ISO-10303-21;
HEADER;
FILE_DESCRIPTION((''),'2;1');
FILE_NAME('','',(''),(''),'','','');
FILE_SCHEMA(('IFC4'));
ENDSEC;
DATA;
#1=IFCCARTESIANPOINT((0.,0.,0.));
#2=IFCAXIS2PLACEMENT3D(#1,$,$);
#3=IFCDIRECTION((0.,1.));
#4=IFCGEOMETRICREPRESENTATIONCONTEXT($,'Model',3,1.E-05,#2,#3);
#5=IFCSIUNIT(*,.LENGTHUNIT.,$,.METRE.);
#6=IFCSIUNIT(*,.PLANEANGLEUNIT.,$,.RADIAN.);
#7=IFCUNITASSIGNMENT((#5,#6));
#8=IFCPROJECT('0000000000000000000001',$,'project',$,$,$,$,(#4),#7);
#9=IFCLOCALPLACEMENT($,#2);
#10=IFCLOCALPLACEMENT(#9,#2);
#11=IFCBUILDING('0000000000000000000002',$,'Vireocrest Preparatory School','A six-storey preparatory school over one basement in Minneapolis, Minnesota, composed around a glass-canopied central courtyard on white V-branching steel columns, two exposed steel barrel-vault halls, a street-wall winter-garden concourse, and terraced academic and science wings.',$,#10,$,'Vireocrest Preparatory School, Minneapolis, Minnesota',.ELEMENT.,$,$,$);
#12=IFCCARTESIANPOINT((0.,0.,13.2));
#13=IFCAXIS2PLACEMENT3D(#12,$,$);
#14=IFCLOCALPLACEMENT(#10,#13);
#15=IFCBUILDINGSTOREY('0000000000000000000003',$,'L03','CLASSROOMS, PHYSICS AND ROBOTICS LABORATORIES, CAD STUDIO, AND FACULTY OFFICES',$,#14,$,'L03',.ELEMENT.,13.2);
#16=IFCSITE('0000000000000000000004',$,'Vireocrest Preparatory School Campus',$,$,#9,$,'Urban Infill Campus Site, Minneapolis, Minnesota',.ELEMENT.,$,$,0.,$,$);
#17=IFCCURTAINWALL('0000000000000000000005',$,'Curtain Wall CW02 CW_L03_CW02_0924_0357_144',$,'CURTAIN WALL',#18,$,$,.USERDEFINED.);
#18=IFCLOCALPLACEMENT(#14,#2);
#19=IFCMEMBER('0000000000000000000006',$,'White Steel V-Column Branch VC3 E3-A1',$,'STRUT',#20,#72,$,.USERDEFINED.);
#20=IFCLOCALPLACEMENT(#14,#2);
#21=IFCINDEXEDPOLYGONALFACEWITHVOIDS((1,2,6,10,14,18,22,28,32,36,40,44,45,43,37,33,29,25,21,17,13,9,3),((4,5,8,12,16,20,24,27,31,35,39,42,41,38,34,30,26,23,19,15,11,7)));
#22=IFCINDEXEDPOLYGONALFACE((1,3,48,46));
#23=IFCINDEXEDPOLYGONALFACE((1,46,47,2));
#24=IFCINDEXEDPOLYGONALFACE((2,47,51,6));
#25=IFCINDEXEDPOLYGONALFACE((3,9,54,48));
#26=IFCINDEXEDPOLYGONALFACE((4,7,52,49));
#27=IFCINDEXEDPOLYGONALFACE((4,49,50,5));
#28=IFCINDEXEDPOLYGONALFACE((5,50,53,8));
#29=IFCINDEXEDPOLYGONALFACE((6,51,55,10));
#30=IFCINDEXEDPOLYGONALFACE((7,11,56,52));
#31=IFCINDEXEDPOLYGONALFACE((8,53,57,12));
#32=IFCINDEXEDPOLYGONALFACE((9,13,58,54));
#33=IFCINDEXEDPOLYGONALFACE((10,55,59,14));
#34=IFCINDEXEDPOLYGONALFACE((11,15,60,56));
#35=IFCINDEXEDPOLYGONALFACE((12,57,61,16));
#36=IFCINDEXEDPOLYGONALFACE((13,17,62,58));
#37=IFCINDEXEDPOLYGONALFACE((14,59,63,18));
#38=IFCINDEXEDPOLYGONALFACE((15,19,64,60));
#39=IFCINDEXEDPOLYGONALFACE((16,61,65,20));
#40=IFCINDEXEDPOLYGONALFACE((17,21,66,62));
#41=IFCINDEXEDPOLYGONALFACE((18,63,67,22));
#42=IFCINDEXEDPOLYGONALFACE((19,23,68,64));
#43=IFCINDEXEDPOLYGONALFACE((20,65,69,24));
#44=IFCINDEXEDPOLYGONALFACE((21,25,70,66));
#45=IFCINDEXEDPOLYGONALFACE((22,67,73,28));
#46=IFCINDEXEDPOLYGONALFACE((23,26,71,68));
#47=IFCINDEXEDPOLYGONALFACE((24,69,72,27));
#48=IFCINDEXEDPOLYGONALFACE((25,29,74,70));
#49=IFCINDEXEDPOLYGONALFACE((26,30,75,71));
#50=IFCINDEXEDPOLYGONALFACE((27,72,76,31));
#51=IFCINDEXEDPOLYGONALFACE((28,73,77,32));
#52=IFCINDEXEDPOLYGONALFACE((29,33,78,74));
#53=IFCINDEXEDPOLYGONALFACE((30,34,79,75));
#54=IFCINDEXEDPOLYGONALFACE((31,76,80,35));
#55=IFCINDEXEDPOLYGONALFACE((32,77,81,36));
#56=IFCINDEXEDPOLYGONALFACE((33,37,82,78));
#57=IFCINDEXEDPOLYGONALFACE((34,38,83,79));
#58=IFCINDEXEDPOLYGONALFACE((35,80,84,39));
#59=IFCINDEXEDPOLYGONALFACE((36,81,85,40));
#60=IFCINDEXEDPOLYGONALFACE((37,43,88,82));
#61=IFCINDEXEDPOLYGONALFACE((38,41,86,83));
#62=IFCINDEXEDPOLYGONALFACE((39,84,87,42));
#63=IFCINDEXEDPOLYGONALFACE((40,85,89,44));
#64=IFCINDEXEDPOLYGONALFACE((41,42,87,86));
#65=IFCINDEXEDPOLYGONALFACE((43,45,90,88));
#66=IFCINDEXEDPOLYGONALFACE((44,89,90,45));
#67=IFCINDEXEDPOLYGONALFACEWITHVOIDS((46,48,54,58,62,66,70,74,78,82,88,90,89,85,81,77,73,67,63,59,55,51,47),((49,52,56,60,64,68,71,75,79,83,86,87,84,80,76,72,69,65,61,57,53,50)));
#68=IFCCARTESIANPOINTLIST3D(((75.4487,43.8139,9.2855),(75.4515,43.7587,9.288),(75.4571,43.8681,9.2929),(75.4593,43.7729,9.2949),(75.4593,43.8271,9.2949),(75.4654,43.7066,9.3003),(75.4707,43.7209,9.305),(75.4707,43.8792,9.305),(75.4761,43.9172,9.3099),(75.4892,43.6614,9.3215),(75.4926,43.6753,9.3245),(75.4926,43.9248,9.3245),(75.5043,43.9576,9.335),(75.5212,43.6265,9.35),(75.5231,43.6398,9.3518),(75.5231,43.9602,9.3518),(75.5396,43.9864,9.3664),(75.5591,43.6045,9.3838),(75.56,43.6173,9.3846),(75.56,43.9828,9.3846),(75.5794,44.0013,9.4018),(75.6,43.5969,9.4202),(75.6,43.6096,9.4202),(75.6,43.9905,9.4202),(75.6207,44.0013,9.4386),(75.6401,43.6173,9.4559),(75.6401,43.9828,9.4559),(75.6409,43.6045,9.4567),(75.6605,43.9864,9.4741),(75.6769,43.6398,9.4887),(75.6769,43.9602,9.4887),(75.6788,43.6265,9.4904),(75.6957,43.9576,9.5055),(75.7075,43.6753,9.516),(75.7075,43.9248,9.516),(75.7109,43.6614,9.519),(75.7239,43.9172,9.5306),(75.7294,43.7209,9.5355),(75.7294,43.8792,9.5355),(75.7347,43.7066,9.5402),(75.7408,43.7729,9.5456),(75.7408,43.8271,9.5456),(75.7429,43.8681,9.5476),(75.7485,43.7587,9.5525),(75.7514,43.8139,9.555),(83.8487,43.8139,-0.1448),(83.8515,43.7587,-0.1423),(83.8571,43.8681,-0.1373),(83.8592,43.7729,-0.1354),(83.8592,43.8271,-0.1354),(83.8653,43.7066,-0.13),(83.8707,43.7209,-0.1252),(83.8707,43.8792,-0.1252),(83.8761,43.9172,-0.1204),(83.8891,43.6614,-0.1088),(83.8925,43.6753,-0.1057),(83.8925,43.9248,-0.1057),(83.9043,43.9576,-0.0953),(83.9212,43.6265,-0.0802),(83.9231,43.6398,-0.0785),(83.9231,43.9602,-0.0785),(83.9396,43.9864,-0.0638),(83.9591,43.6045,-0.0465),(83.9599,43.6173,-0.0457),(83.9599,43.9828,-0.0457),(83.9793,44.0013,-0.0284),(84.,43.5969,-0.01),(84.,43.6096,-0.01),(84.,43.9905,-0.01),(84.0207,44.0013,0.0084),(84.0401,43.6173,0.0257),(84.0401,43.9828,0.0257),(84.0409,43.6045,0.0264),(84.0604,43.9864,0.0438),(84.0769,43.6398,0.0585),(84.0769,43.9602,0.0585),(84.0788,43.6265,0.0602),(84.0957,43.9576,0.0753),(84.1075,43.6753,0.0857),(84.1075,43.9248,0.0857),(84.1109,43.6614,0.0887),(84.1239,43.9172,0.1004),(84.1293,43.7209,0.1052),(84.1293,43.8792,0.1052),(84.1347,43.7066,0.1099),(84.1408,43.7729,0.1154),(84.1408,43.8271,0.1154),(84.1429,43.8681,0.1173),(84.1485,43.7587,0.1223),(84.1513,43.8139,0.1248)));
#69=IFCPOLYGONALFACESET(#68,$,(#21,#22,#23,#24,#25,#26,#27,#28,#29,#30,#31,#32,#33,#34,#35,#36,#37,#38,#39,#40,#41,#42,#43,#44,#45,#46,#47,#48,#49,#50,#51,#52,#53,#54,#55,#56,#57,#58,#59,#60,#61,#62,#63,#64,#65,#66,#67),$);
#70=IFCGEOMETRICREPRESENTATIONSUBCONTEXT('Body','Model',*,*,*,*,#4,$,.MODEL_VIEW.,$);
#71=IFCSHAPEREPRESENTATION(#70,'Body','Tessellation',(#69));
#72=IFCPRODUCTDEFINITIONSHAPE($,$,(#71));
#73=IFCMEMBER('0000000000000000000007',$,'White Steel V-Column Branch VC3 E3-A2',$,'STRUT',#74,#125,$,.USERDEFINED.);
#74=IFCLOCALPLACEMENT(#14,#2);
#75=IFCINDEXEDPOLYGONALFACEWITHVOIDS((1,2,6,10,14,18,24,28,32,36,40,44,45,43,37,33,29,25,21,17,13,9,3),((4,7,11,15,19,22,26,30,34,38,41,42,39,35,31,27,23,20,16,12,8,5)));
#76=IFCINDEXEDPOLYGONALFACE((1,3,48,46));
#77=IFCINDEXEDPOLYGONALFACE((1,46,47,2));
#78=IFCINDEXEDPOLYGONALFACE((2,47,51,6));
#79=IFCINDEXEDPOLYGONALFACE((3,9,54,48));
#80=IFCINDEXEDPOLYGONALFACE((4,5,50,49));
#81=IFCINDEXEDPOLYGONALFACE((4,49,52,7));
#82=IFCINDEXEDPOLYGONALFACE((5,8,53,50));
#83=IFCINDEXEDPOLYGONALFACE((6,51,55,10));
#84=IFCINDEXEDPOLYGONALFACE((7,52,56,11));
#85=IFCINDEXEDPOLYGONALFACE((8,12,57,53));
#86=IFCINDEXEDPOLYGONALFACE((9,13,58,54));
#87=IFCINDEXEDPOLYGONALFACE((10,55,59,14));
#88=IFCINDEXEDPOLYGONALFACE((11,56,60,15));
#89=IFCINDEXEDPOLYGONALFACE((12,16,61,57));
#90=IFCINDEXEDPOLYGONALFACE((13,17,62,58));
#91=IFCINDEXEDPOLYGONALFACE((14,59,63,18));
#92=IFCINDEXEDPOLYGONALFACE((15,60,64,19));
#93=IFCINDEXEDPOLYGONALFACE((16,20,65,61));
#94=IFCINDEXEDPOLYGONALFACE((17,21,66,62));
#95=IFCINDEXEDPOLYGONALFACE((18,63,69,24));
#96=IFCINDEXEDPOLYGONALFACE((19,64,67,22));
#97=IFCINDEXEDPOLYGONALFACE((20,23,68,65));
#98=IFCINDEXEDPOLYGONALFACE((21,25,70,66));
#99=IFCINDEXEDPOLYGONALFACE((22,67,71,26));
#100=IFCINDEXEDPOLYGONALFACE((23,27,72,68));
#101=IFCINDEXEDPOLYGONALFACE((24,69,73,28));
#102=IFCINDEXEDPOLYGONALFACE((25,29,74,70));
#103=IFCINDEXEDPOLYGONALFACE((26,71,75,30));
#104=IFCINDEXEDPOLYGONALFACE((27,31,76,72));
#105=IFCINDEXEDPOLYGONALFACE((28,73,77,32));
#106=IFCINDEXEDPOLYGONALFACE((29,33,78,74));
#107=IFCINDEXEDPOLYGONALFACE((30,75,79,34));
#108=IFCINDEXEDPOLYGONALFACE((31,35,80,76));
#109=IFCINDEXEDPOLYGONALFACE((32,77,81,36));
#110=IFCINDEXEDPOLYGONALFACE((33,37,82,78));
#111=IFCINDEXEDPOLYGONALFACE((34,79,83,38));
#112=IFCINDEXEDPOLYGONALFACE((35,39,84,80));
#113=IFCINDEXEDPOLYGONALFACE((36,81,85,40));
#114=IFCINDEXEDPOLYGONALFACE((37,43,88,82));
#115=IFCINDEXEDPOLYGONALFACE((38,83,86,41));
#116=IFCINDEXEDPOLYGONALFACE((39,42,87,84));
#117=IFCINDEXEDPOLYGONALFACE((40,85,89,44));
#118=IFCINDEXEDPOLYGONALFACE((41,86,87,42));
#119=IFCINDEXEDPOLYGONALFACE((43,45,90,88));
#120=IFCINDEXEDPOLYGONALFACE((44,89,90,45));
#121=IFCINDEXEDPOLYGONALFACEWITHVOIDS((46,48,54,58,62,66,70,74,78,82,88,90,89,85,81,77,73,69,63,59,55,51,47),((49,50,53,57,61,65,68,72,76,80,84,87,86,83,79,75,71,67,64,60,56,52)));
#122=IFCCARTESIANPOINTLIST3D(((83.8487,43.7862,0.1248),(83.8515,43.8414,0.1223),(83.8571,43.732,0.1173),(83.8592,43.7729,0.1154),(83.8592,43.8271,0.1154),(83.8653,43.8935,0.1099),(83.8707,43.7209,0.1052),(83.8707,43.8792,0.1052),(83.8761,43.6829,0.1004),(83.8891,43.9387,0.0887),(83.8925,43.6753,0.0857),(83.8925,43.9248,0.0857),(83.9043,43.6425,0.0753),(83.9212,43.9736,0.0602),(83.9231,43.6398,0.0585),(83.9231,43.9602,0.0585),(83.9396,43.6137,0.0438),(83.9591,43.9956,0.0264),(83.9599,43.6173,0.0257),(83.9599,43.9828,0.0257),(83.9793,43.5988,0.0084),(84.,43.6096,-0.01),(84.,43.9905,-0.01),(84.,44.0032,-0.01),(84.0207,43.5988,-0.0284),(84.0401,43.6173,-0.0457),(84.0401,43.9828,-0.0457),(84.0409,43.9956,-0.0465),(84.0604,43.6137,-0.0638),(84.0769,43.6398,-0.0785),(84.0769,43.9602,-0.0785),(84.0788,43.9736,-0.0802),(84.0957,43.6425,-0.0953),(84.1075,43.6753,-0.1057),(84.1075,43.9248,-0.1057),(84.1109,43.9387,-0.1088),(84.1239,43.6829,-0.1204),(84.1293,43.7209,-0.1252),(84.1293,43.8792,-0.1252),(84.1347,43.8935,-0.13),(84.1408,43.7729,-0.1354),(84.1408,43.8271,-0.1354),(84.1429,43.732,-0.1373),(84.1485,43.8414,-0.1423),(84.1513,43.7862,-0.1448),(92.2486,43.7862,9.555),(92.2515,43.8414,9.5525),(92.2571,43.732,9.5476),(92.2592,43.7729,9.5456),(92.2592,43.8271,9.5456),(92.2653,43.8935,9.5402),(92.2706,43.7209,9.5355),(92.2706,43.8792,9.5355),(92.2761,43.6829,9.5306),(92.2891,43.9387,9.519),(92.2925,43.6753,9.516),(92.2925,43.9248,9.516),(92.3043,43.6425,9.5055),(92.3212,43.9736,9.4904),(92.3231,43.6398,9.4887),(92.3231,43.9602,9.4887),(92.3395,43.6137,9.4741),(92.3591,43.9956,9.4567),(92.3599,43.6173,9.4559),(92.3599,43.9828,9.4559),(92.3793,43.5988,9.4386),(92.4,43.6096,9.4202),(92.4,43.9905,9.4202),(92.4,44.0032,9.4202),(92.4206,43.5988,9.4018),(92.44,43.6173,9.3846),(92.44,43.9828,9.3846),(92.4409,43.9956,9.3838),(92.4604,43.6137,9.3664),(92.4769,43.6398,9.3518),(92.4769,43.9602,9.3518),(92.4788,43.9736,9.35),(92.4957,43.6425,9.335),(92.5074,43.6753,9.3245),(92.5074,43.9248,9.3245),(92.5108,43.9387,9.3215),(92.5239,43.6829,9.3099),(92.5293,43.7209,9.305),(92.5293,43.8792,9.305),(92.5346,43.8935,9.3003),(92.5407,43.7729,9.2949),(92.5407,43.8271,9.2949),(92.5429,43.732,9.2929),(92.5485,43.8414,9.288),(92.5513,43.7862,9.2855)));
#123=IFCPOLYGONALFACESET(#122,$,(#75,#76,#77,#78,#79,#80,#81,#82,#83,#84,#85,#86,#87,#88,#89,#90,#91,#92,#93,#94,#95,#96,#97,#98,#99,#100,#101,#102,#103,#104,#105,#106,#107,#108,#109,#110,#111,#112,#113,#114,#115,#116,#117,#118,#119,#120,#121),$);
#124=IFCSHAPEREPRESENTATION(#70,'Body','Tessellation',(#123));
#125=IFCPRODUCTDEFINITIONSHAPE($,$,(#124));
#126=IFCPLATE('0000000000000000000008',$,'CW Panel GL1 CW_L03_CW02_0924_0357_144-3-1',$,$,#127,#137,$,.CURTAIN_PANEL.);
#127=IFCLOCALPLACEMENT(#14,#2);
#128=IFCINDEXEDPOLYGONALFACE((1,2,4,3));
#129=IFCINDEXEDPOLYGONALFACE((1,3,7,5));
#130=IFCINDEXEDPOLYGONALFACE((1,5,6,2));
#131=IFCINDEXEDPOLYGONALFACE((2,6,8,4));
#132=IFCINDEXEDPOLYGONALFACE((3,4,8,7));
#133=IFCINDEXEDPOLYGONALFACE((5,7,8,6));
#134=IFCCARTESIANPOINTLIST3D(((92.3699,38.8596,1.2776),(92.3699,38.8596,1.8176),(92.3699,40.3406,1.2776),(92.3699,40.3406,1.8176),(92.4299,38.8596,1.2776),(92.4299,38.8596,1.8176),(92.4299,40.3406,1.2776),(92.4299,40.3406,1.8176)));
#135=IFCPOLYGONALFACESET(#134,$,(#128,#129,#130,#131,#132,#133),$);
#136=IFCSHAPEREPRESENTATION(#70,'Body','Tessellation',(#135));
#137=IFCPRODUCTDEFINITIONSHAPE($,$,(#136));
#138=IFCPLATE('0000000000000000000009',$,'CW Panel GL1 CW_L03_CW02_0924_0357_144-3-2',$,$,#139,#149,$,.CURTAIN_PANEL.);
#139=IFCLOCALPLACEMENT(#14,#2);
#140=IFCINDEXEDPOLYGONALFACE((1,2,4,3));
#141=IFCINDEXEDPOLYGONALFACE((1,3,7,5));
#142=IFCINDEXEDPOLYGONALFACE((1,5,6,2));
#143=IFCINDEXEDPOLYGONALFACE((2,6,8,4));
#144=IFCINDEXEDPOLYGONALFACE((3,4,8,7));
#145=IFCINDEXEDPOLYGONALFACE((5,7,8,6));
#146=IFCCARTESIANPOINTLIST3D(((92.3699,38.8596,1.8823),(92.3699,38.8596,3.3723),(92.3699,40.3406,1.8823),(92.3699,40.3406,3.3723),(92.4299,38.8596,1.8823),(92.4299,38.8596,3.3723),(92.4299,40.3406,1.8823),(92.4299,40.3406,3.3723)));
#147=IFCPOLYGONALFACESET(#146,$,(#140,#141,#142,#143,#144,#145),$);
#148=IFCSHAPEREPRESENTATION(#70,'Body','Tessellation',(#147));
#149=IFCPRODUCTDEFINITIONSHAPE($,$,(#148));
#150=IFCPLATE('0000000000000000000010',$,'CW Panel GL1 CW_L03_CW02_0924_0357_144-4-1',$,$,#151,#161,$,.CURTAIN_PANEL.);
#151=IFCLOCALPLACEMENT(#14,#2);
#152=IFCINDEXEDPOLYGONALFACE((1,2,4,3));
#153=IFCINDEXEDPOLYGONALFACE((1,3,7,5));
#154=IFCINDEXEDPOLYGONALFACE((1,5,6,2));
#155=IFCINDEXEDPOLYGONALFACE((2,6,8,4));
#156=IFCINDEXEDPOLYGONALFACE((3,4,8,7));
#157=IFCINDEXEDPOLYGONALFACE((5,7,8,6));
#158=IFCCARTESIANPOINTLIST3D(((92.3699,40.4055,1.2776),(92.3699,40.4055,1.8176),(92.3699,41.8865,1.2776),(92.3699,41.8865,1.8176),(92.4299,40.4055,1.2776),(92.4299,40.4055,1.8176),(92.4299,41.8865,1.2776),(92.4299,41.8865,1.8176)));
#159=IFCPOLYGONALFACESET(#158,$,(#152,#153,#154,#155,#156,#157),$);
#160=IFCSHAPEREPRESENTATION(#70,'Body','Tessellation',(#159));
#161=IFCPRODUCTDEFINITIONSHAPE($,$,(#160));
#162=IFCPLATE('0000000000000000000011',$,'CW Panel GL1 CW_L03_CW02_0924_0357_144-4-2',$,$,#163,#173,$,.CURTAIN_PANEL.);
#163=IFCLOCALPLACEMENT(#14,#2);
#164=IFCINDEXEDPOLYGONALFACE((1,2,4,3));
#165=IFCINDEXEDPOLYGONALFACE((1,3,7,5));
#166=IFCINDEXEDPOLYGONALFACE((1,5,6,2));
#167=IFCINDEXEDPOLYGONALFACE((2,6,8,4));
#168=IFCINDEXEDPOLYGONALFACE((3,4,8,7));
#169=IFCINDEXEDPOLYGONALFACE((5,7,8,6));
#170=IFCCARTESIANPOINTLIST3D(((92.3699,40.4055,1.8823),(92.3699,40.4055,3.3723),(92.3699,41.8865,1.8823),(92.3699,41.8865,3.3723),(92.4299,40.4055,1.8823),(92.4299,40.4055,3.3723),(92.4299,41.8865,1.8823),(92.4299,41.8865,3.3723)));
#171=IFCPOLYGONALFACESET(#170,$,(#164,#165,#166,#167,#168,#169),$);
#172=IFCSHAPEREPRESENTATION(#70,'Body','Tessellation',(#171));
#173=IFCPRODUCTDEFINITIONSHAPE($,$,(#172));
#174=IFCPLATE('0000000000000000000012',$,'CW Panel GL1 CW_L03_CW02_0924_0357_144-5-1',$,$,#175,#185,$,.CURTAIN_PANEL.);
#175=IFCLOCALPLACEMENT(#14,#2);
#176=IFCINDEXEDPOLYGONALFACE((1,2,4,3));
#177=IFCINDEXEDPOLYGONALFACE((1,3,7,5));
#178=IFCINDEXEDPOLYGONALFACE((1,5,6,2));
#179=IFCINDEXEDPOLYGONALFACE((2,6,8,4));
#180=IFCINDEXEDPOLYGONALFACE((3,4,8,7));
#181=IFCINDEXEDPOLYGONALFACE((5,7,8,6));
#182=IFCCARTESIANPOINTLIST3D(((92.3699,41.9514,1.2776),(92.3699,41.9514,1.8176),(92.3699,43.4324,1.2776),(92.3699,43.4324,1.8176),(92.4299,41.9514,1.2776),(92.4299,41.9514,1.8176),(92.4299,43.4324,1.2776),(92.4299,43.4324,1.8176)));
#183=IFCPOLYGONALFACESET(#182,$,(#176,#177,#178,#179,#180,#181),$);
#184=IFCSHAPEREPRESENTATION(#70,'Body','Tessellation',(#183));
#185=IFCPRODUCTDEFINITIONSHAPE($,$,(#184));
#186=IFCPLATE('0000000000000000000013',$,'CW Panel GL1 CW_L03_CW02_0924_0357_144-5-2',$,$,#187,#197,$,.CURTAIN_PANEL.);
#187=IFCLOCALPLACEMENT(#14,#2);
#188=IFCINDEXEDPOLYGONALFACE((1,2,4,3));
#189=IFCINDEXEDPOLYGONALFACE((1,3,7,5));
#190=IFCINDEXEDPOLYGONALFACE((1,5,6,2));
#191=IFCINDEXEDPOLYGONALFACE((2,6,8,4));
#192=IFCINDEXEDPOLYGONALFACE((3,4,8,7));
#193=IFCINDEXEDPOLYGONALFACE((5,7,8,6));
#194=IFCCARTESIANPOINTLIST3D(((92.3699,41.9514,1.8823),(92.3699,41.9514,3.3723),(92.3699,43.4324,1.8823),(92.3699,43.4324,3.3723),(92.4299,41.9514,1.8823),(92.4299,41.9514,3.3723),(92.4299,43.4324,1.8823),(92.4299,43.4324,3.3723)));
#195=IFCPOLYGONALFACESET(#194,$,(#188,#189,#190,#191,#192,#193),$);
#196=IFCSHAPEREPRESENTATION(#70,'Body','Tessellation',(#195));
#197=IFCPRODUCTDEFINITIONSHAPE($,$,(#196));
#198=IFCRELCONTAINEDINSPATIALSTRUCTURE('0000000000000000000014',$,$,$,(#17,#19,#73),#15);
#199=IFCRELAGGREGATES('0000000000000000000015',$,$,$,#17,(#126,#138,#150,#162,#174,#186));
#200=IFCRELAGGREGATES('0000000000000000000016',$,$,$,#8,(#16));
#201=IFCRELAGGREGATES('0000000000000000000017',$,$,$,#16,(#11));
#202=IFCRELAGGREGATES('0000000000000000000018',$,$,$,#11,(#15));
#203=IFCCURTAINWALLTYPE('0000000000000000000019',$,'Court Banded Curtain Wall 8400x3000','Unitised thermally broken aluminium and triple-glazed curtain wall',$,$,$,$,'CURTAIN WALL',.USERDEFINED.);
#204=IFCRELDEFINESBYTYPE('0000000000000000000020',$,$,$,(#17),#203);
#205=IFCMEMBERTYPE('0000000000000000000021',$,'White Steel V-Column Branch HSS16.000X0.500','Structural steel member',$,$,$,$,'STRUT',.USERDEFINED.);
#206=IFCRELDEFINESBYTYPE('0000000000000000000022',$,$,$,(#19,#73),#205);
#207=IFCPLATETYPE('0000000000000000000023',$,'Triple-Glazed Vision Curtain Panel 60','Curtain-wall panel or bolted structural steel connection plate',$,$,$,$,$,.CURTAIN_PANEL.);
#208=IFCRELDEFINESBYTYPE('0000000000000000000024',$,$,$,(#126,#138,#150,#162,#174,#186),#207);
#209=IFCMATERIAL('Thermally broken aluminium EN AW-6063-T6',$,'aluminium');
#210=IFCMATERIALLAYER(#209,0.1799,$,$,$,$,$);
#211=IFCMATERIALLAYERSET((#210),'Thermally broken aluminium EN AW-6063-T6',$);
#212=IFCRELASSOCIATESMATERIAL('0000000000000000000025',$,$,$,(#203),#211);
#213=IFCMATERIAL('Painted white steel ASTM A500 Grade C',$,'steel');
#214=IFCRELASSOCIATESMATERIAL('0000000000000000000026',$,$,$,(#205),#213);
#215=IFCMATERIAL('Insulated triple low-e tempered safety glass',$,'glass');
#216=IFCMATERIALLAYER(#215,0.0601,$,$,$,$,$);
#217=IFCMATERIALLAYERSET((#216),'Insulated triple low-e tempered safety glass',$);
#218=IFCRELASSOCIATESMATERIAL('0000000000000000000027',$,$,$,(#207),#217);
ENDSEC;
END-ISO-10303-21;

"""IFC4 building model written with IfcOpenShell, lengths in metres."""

from ifc_helpers import new_model, si_unit, direction, frame, origin, origin_2d, place, context, subcontext, project, spatial, rectangle, hollow_circle, extrude, material, layer, layer_set, material_profile, profile_set, type_object, element, aggregate, save


model = new_model("IFC4")

# Units and contexts
model_context = context("Model", 3, precision=1e-05, world=origin(), true_north=direction((0.0, 1.0)))
body_context = subcontext(model_context, "Body", "Model", "MODEL_VIEW")
ifc_project = project(units=[si_unit("LENGTHUNIT", "METRE"), si_unit("PLANEANGLEUNIT", "RADIAN")], contexts=[model_context])

# Site, building, storey
site_placement = place(None, origin())
site = spatial("IfcSite", under=ifc_project, at=site_placement, Name="Vireocrest Preparatory School Campus", LongName="Urban Infill Campus Site, Minneapolis, Minnesota", CompositionType="ELEMENT", RefElevation=0.0)
building_placement = place(site_placement, origin())
building = spatial("IfcBuilding", under=site, at=building_placement, Name="Vireocrest Preparatory School", Description="A six-storey preparatory school over one basement in Minneapolis, Minnesota, composed around a glass-canopied central courtyard on white V-branching steel columns, two exposed steel barrel-vault halls, a street-wall winter-garden concourse, and terraced academic and science wings.", LongName="Vireocrest Preparatory School, Minneapolis, Minnesota", CompositionType="ELEMENT")
storey_placement = place(building_placement, frame((0.0, 0.0, 13.2)))
storey = spatial("IfcBuildingStorey", under=building, at=storey_placement, Name="L03", Description="CLASSROOMS, PHYSICS AND ROBOTICS LABORATORIES, CAD STUDIO, AND FACULTY OFFICES", LongName="L03", CompositionType="ELEMENT", Elevation=13.2)

# Curtain wall
ifc_material_1 = material(Name="Thermally broken aluminium EN AW-6063-T6", Category="aluminium")
ifc_layer_1 = layer(ifc_material_1, 0.1799)
ifc_layer_set_1 = layer_set([ifc_layer_1], Name="Thermally broken aluminium EN AW-6063-T6")
curtain_wall_type = type_object("IfcCurtainWallType", Name="Court Banded Curtain Wall 8400x3000", Description="Unitised thermally broken aluminium and triple-glazed curtain wall", ElementType="CURTAIN WALL", PredefinedType="USERDEFINED", material=ifc_layer_set_1)
curtain_wall_1_placement = place(storey_placement, origin())
curtain_wall_1 = element("IfcCurtainWall", 1, at=curtain_wall_1_placement, inside=storey, type_object=curtain_wall_type, Name="Curtain Wall CW02 CW_L03_CW02_0924_0357_144", ObjectType="CURTAIN WALL", PredefinedType="USERDEFINED")

# Members
ifc_material_2 = material(Name="Painted white steel ASTM A500 Grade C", Category="steel")
ifc_material_profile_1 = material_profile(ifc_material_2, hollow_circle(Radius=0.2031, WallThickness=0.0127, at=origin_2d()), Name="HSS16.000X0.500")
ifc_profile_set_1 = profile_set([ifc_material_profile_1], Name="Painted white steel ASTM A500 Grade C")
member_type_1 = type_object("IfcMemberType", Name="White Steel V-Column Branch HSS16.000X0.500", Description="Structural steel member", ElementType="STRUT", PredefinedType="USERDEFINED", material=ifc_profile_set_1)
for number, where, z_axis, x_axis, name in (
    (2, (84.0, 43.8, -0.01), (-0.665139, 0.0, 0.74672), (0.0, -1.0, 0.0), "White Steel V-Column Branch VC3 E3-A1"),
    (3, (84.0, 43.8, -0.01), (0.665139, 0.0, 0.74672), (0.0, 1.0, 0.0), "White Steel V-Column Branch VC3 E3-A2"),
):
    element("IfcMember", number, at=place(storey_placement, frame(where, z_axis=z_axis, x_axis=x_axis)), inside=storey, type_object=member_type_1, Name=name, ObjectType="STRUT", PredefinedType="USERDEFINED", context=body_context, shape_type="SweptSolid", body=[
        extrude(hollow_circle(Radius=0.2031, WallThickness=0.0127, at=origin_2d()), origin(), (0.0, 0.0, 1.0), 12.6289),
    ])

# Plates
ifc_material_3 = material(Name="Insulated triple low-e tempered safety glass", Category="glass")
ifc_layer_2 = layer(ifc_material_3, 0.0601)
ifc_layer_set_2 = layer_set([ifc_layer_2], Name="Insulated triple low-e tempered safety glass")
plate_type_1 = type_object("IfcPlateType", Name="Triple-Glazed Vision Curtain Panel 60", Description="Curtain-wall panel or bolted structural steel connection plate", PredefinedType="CURTAIN_PANEL", material=ifc_layer_set_2)
plate_1_placement = place(storey_placement, frame((92.3999, 39.6001, 1.2776), z_axis=(0.0, 0.0, 1.0), x_axis=(0.0, 1.0, 0.0)))
plate_1 = element("IfcPlate", 4, at=plate_1_placement, type_object=plate_type_1, Name="CW Panel GL1 CW_L03_CW02_0924_0357_144-3-1", PredefinedType="CURTAIN_PANEL", context=body_context, shape_type="SweptSolid", body=[
    extrude(rectangle(XDim=1.481, YDim=0.0601, at=origin_2d()), origin(), (0.0, 0.0, 1.0), 0.54),
])
plate_2_placement = place(storey_placement, frame((92.3999, 39.6001, 1.8823), z_axis=(0.0, 0.0, 1.0), x_axis=(0.0, 1.0, 0.0)))
plate_2 = element("IfcPlate", 5, at=plate_2_placement, type_object=plate_type_1, Name="CW Panel GL1 CW_L03_CW02_0924_0357_144-3-2", PredefinedType="CURTAIN_PANEL", context=body_context, shape_type="SweptSolid", body=[
    extrude(rectangle(XDim=1.481, YDim=0.0601, at=origin_2d()), origin(), (0.0, 0.0, 1.0), 1.49),
])
plate_3_placement = place(storey_placement, frame((92.3999, 41.146, 1.2776), z_axis=(0.0, 0.0, 1.0), x_axis=(0.0, 1.0, 0.0)))
plate_3 = element("IfcPlate", 6, at=plate_3_placement, type_object=plate_type_1, Name="CW Panel GL1 CW_L03_CW02_0924_0357_144-4-1", PredefinedType="CURTAIN_PANEL", context=body_context, shape_type="SweptSolid", body=[
    extrude(rectangle(XDim=1.481, YDim=0.0601, at=origin_2d()), origin(), (0.0, 0.0, 1.0), 0.54),
])
plate_4_placement = place(storey_placement, frame((92.3999, 41.146, 1.8823), z_axis=(0.0, 0.0, 1.0), x_axis=(0.0, 1.0, 0.0)))
plate_4 = element("IfcPlate", 7, at=plate_4_placement, type_object=plate_type_1, Name="CW Panel GL1 CW_L03_CW02_0924_0357_144-4-2", PredefinedType="CURTAIN_PANEL", context=body_context, shape_type="SweptSolid", body=[
    extrude(rectangle(XDim=1.481, YDim=0.0601, at=origin_2d()), origin(), (0.0, 0.0, 1.0), 1.49),
])
plate_5_placement = place(storey_placement, frame((92.3999, 42.6919, 1.2776), z_axis=(0.0, 0.0, 1.0), x_axis=(0.0, 1.0, 0.0)))
plate_5 = element("IfcPlate", 8, at=plate_5_placement, type_object=plate_type_1, Name="CW Panel GL1 CW_L03_CW02_0924_0357_144-5-1", PredefinedType="CURTAIN_PANEL", context=body_context, shape_type="SweptSolid", body=[
    extrude(rectangle(XDim=1.481, YDim=0.0601, at=origin_2d()), origin(), (0.0, 0.0, 1.0), 0.54),
])
plate_6_placement = place(storey_placement, frame((92.3999, 42.6919, 1.8823), z_axis=(0.0, 0.0, 1.0), x_axis=(0.0, 1.0, 0.0)))
plate_6 = element("IfcPlate", 9, at=plate_6_placement, type_object=plate_type_1, Name="CW Panel GL1 CW_L03_CW02_0924_0357_144-5-2", PredefinedType="CURTAIN_PANEL", context=body_context, shape_type="SweptSolid", body=[
    extrude(rectangle(XDim=1.481, YDim=0.0601, at=origin_2d()), origin(), (0.0, 0.0, 1.0), 1.49),
])
aggregate(curtain_wall_1, [plate_1, plate_2, plate_3, plate_4, plate_5, plate_6])

save(model, "model.ifc")
